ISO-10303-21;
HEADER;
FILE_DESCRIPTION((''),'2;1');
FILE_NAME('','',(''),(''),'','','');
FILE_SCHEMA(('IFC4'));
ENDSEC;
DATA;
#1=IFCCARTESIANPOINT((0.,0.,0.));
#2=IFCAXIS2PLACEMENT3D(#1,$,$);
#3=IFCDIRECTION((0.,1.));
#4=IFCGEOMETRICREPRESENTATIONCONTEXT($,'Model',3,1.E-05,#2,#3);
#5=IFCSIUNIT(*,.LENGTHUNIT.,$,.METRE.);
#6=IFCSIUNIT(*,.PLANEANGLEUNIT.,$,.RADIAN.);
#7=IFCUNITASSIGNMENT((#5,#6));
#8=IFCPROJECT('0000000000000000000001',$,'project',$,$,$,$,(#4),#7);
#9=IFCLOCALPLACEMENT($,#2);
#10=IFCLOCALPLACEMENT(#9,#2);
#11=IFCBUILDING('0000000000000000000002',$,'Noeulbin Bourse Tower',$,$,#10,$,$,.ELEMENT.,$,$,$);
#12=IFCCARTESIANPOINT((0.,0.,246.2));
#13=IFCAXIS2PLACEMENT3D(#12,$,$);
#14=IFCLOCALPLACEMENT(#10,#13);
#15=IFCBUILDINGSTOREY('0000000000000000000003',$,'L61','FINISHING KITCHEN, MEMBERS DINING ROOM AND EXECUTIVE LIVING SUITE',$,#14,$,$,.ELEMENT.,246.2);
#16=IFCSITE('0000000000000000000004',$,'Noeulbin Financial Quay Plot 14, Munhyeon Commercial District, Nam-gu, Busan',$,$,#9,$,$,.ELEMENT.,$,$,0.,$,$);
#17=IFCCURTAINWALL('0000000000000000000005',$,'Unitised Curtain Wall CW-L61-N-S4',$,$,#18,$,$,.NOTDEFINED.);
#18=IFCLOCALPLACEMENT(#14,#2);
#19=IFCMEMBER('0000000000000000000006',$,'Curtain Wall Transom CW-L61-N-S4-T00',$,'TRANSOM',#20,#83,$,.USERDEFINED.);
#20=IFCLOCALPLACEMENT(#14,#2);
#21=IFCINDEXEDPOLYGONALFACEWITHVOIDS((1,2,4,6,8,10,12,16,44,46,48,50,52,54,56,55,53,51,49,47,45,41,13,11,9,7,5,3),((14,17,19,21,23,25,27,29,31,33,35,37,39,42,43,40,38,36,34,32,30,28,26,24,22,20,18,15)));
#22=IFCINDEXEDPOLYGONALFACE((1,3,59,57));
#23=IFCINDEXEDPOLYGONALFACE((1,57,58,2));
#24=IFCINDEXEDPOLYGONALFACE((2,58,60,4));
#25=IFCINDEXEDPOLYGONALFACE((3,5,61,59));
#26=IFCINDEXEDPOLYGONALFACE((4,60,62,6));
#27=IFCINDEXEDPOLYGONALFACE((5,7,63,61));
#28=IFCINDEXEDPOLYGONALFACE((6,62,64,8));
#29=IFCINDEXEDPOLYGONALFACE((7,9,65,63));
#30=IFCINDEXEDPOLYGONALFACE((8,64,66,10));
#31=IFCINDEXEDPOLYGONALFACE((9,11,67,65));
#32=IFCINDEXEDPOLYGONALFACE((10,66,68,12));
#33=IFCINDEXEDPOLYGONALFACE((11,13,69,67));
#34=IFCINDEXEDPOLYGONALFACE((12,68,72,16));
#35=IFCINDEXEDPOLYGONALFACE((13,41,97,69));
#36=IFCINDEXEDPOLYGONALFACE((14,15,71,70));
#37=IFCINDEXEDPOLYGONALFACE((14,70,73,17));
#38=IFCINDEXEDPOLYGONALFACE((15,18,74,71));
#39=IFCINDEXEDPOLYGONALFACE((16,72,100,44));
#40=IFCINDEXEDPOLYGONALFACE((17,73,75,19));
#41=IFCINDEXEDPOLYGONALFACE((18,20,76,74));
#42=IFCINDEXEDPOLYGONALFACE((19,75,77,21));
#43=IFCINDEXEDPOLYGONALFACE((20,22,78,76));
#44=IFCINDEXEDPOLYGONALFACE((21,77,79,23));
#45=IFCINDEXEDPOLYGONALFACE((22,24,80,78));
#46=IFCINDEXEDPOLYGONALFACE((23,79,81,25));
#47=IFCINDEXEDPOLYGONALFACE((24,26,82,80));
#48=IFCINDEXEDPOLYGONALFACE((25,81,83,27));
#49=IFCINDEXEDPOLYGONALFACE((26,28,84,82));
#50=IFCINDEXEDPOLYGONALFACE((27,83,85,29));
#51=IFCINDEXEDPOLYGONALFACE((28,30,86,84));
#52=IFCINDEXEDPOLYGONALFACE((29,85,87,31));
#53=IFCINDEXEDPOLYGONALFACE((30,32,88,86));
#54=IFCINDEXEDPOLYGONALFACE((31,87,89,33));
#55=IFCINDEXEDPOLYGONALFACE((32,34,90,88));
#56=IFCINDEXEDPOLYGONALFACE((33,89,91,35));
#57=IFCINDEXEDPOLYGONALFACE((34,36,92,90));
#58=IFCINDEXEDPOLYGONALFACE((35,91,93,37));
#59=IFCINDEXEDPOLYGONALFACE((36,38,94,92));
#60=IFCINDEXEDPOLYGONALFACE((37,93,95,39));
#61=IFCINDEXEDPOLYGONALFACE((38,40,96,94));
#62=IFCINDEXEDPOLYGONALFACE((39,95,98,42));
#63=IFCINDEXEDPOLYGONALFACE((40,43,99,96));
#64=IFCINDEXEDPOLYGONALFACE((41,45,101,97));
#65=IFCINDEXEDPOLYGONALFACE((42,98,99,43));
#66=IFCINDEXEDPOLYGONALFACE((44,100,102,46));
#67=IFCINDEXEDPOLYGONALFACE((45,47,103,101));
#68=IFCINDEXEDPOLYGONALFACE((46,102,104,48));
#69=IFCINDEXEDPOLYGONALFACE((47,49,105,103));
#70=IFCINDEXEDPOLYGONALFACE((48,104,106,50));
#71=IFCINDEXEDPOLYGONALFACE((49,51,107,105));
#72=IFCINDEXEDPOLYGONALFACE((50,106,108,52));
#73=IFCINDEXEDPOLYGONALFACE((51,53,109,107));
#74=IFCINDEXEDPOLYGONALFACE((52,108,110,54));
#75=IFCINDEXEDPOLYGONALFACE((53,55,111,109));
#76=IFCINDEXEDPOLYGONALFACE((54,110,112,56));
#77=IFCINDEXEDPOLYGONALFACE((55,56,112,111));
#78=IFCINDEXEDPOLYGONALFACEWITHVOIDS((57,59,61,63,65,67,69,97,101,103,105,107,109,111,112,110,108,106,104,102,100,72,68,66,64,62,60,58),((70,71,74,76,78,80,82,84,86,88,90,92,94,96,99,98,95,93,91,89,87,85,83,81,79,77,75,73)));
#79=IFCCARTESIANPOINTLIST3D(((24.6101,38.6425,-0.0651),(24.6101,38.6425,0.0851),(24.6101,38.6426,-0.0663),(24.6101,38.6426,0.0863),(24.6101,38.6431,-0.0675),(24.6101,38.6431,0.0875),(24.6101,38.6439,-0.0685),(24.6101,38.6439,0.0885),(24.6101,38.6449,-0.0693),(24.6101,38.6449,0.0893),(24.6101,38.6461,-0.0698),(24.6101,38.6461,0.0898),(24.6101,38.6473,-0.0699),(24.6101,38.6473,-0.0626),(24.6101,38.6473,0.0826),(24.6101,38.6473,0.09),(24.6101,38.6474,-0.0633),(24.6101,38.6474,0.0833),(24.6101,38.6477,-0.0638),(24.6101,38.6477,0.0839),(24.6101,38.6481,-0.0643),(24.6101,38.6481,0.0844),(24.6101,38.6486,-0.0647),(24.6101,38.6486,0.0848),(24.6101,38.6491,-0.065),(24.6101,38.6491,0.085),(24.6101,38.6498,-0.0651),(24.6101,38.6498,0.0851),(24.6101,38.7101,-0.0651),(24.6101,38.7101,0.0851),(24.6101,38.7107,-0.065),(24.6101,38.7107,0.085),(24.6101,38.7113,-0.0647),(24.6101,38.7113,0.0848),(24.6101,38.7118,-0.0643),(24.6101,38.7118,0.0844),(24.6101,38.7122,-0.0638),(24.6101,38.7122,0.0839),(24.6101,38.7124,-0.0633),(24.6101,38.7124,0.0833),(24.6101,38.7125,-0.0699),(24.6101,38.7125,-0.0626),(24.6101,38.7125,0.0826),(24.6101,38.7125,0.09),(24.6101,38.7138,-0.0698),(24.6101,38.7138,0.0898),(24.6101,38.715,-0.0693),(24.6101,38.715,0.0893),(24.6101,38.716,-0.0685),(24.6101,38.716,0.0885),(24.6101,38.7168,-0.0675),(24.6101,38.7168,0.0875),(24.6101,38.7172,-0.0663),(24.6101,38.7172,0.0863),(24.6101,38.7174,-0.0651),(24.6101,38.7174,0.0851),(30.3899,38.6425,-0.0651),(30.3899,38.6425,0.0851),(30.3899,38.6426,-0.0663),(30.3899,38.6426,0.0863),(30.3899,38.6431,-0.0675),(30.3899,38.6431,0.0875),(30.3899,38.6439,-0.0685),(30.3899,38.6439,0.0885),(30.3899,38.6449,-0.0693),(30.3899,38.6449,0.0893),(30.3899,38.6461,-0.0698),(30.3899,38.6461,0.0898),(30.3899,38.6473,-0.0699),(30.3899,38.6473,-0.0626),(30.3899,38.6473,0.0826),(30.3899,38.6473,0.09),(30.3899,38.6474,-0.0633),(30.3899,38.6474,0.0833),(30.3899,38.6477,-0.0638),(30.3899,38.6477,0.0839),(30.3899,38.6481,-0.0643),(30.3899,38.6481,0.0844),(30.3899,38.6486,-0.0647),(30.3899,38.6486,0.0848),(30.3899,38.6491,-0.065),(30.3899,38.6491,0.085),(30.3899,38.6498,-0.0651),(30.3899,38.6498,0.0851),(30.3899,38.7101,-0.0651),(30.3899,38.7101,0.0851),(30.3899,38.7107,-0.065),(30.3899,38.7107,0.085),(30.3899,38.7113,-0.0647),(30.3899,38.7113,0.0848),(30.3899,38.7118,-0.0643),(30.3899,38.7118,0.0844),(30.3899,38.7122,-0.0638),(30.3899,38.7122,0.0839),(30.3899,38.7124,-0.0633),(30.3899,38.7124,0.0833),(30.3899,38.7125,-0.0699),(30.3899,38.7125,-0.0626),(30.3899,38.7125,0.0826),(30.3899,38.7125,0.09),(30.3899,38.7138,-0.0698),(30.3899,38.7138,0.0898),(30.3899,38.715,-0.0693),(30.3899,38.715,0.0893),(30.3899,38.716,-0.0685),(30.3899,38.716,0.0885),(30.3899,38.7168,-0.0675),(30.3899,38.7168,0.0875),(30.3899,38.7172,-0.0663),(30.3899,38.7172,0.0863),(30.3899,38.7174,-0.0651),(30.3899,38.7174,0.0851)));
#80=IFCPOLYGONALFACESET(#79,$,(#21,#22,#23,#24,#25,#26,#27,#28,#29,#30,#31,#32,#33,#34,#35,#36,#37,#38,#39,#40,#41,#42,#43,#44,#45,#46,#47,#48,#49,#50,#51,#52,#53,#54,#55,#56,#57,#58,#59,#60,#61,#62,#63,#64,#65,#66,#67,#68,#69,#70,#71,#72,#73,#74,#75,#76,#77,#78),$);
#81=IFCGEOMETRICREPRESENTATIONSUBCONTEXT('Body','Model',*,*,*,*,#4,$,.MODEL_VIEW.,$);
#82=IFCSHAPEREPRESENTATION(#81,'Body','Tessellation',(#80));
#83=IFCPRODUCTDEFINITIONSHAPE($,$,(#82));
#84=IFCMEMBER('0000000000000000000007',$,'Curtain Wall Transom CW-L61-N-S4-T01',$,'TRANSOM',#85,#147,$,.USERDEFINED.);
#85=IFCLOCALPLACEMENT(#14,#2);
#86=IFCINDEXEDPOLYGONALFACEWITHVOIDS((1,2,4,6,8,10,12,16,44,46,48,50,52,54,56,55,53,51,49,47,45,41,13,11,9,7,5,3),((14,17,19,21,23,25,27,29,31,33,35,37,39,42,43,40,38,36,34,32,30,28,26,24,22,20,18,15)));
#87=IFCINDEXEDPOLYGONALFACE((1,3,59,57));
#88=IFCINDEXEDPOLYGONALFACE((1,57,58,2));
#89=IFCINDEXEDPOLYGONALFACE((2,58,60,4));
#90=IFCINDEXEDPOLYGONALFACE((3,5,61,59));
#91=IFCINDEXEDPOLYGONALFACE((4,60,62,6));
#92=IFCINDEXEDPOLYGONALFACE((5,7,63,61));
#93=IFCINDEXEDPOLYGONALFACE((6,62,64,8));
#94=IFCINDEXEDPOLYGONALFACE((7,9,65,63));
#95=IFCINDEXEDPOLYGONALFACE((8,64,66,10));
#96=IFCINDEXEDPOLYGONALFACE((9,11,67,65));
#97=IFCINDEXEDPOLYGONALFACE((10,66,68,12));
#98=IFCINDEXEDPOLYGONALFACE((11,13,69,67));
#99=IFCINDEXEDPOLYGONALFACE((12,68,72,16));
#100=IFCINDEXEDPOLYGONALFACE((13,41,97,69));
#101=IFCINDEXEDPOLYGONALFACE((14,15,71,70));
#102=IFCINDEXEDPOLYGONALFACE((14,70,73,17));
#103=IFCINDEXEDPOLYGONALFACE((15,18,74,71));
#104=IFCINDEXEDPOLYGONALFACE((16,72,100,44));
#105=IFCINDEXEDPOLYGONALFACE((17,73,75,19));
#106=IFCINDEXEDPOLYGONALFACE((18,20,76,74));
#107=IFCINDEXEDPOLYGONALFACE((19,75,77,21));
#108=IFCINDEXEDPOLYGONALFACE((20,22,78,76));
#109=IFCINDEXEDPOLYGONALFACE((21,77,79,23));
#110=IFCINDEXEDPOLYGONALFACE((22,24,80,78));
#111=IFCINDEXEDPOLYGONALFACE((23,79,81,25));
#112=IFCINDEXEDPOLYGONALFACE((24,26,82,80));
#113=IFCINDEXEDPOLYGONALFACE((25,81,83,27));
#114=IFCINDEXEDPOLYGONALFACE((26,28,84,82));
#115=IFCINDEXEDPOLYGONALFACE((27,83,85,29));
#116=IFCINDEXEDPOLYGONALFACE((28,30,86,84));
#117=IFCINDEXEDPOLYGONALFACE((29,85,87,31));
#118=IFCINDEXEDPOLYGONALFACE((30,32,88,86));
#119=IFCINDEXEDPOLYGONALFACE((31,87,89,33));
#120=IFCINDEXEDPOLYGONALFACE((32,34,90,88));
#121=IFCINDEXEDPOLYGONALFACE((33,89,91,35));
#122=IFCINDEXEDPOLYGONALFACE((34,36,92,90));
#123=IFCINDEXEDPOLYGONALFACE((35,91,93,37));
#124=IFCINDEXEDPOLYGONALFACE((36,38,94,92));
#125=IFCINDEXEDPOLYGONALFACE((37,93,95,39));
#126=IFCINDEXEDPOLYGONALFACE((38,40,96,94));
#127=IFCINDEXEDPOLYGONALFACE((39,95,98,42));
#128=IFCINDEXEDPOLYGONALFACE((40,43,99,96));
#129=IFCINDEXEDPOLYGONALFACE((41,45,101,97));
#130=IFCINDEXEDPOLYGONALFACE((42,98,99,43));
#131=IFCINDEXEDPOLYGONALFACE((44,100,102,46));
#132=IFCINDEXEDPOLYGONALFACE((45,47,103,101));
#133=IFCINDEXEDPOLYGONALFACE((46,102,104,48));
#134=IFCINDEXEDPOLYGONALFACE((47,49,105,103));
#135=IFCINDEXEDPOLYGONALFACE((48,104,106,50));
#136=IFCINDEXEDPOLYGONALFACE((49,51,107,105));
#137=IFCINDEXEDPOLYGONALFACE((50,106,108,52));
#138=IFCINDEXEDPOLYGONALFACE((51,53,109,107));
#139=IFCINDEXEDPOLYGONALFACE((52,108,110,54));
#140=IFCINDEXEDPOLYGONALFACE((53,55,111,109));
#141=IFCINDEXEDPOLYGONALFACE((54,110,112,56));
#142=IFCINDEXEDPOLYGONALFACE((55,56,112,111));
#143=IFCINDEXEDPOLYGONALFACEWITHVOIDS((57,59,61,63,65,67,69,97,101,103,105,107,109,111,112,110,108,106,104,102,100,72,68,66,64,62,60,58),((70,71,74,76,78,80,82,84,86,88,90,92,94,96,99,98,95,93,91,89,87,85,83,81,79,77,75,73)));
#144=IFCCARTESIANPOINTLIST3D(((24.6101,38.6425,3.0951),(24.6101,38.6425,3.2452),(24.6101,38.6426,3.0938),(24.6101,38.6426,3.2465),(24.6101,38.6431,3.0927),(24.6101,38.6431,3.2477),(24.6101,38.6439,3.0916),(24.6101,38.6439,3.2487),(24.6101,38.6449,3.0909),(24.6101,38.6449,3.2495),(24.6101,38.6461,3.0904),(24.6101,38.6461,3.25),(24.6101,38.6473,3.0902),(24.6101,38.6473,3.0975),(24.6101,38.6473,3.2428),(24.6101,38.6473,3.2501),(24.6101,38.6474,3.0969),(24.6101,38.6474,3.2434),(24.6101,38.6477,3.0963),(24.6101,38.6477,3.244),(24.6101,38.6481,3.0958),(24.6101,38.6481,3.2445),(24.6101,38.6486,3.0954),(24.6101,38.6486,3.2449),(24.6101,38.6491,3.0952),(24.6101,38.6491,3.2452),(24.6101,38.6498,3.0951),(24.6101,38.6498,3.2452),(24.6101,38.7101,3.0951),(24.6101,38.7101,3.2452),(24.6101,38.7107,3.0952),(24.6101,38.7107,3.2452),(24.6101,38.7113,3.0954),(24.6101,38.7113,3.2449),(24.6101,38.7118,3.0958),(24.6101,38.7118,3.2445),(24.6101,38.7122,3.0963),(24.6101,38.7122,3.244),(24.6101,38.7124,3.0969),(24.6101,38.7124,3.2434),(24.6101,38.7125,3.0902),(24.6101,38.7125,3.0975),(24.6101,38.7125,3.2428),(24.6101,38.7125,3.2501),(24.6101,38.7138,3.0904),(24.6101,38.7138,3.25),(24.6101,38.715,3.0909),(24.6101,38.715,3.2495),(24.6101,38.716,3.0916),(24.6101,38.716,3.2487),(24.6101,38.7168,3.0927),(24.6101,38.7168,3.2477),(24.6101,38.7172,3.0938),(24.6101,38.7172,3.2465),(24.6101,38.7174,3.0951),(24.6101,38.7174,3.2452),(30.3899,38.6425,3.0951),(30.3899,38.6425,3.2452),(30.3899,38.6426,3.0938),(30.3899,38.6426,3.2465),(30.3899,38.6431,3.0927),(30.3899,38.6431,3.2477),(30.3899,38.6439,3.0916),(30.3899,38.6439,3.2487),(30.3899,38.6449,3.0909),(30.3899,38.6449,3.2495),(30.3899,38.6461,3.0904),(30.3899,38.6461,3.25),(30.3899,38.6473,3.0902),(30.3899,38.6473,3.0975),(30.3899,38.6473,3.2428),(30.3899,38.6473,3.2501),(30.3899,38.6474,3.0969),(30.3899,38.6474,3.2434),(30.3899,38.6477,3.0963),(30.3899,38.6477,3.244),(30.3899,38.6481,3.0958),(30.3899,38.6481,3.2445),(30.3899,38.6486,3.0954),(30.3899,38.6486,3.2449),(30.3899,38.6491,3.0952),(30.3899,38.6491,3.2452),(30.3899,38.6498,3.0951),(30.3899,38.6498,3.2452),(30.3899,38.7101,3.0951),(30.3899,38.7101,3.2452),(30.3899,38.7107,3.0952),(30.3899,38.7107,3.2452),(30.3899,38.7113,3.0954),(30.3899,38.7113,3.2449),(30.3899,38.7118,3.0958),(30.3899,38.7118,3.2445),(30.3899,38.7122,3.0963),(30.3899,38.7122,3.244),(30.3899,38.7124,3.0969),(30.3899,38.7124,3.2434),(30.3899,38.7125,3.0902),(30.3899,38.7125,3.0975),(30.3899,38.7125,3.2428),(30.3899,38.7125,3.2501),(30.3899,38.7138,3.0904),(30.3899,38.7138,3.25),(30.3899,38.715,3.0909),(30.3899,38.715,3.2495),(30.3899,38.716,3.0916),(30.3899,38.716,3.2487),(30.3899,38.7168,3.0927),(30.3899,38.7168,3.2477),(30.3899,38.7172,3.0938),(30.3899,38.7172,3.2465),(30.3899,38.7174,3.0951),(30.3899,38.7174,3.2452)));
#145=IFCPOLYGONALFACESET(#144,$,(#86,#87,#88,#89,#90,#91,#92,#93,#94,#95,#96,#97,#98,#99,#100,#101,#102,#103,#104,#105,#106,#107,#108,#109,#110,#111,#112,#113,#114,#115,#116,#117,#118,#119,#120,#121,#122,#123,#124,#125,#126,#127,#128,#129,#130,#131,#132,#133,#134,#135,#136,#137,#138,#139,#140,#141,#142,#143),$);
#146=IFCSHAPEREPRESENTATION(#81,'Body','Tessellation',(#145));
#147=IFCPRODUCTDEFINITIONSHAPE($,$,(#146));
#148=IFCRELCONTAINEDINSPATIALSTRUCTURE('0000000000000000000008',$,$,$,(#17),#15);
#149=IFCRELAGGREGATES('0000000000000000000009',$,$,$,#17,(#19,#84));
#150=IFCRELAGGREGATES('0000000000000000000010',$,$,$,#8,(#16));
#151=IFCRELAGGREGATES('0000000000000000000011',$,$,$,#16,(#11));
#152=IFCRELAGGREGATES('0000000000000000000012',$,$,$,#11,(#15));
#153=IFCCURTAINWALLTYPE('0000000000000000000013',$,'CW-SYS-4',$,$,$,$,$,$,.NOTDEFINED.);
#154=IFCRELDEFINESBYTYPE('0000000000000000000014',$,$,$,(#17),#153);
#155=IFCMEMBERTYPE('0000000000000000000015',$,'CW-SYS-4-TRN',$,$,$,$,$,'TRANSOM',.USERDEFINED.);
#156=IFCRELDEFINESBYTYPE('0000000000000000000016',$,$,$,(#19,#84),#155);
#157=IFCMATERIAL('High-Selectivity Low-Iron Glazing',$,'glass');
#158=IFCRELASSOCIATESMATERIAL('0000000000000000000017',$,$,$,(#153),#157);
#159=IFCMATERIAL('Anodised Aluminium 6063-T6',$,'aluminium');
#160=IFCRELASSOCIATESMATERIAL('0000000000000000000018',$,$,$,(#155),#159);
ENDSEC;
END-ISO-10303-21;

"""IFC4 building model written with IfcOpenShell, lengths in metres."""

from ifc_helpers import new_model, si_unit, direction, frame, origin, origin_2d, place, context, subcontext, project, spatial, hollow_rectangle, extrude, material, material_profile, profile_set, type_object, element, aggregate, save


model = new_model("IFC4")

# Units and contexts
model_context = context("Model", 3, precision=1e-05, world=origin(), true_north=direction((0.0, 1.0)))
body_context = subcontext(model_context, "Body", "Model", "MODEL_VIEW")
ifc_project = project(units=[si_unit("LENGTHUNIT", "METRE"), si_unit("PLANEANGLEUNIT", "RADIAN")], contexts=[model_context])

# Site, building, storey
site_placement = place(None, origin())
site = spatial("IfcSite", under=ifc_project, at=site_placement, Name="Noeulbin Financial Quay Plot 14, Munhyeon Commercial District, Nam-gu, Busan", CompositionType="ELEMENT", RefElevation=0.0)
building_placement = place(site_placement, origin())
building = spatial("IfcBuilding", under=site, at=building_placement, Name="Noeulbin Bourse Tower", CompositionType="ELEMENT")
storey_placement = place(building_placement, frame((0.0, 0.0, 246.2)))
storey = spatial("IfcBuildingStorey", under=building, at=storey_placement, Name="L61", Description="FINISHING KITCHEN, MEMBERS DINING ROOM AND EXECUTIVE LIVING SUITE", CompositionType="ELEMENT", Elevation=246.2)

# Curtain wall
ifc_material_1 = material(Name="High-Selectivity Low-Iron Glazing", Category="glass")
curtain_wall_type = type_object("IfcCurtainWallType", Name="CW-SYS-4", PredefinedType="NOTDEFINED", material=ifc_material_1)
curtain_wall_1_placement = place(storey_placement, origin())
curtain_wall_1 = element("IfcCurtainWall", 1, at=curtain_wall_1_placement, inside=storey, type_object=curtain_wall_type, Name="Unitised Curtain Wall CW-L61-N-S4", PredefinedType="NOTDEFINED")
ifc_material_2 = material(Name="Anodised Aluminium 6063-T6", Category="aluminium")

# Members
ifc_material_profile_1 = material_profile(ifc_material_2, hollow_rectangle(XDim=0.075, YDim=0.1599, WallThickness=0.0049, InnerFilletRadius=0.0024, OuterFilletRadius=0.0049, at=origin_2d()), Name="ALU-TRAN-75x160x5", Category="LoadBearing")
ifc_profile_set_1 = profile_set([ifc_material_profile_1], Name="Anodised Aluminium 6063-T6")
member_type_1 = type_object("IfcMemberType", Name="CW-SYS-4-TRN", ElementType="TRANSOM", PredefinedType="USERDEFINED", material=ifc_profile_set_1)
member_1_placement = place(storey_placement, frame((24.6101, 38.6799, 0.01), z_axis=(1.0, 0.0, 0.0), x_axis=(0.0, 1.0, 0.0)))
member_1 = element("IfcMember", 2, at=member_1_placement, type_object=member_type_1, Name="Curtain Wall Transom CW-L61-N-S4-T00", ObjectType="TRANSOM", PredefinedType="USERDEFINED", context=body_context, shape_type="SweptSolid", body=[
    extrude(hollow_rectangle(XDim=0.075, YDim=0.1599, WallThickness=0.0049, InnerFilletRadius=0.0024, OuterFilletRadius=0.0049, at=origin_2d()), origin(), (0.0, 0.0, 1.0), 5.7798),
])
member_2_placement = place(storey_placement, frame((24.6101, 38.6799, 3.1702), z_axis=(1.0, 0.0, 0.0), x_axis=(0.0, 1.0, 0.0)))
member_2 = element("IfcMember", 3, at=member_2_placement, type_object=member_type_1, Name="Curtain Wall Transom CW-L61-N-S4-T01", ObjectType="TRANSOM", PredefinedType="USERDEFINED", context=body_context, shape_type="SweptSolid", body=[
    extrude(hollow_rectangle(XDim=0.075, YDim=0.1599, WallThickness=0.0049, InnerFilletRadius=0.0024, OuterFilletRadius=0.0049, at=origin_2d()), origin(), (0.0, 0.0, 1.0), 5.7798),
])

aggregate(curtain_wall_1, [member_1, member_2])

save(model, "model.ifc")
